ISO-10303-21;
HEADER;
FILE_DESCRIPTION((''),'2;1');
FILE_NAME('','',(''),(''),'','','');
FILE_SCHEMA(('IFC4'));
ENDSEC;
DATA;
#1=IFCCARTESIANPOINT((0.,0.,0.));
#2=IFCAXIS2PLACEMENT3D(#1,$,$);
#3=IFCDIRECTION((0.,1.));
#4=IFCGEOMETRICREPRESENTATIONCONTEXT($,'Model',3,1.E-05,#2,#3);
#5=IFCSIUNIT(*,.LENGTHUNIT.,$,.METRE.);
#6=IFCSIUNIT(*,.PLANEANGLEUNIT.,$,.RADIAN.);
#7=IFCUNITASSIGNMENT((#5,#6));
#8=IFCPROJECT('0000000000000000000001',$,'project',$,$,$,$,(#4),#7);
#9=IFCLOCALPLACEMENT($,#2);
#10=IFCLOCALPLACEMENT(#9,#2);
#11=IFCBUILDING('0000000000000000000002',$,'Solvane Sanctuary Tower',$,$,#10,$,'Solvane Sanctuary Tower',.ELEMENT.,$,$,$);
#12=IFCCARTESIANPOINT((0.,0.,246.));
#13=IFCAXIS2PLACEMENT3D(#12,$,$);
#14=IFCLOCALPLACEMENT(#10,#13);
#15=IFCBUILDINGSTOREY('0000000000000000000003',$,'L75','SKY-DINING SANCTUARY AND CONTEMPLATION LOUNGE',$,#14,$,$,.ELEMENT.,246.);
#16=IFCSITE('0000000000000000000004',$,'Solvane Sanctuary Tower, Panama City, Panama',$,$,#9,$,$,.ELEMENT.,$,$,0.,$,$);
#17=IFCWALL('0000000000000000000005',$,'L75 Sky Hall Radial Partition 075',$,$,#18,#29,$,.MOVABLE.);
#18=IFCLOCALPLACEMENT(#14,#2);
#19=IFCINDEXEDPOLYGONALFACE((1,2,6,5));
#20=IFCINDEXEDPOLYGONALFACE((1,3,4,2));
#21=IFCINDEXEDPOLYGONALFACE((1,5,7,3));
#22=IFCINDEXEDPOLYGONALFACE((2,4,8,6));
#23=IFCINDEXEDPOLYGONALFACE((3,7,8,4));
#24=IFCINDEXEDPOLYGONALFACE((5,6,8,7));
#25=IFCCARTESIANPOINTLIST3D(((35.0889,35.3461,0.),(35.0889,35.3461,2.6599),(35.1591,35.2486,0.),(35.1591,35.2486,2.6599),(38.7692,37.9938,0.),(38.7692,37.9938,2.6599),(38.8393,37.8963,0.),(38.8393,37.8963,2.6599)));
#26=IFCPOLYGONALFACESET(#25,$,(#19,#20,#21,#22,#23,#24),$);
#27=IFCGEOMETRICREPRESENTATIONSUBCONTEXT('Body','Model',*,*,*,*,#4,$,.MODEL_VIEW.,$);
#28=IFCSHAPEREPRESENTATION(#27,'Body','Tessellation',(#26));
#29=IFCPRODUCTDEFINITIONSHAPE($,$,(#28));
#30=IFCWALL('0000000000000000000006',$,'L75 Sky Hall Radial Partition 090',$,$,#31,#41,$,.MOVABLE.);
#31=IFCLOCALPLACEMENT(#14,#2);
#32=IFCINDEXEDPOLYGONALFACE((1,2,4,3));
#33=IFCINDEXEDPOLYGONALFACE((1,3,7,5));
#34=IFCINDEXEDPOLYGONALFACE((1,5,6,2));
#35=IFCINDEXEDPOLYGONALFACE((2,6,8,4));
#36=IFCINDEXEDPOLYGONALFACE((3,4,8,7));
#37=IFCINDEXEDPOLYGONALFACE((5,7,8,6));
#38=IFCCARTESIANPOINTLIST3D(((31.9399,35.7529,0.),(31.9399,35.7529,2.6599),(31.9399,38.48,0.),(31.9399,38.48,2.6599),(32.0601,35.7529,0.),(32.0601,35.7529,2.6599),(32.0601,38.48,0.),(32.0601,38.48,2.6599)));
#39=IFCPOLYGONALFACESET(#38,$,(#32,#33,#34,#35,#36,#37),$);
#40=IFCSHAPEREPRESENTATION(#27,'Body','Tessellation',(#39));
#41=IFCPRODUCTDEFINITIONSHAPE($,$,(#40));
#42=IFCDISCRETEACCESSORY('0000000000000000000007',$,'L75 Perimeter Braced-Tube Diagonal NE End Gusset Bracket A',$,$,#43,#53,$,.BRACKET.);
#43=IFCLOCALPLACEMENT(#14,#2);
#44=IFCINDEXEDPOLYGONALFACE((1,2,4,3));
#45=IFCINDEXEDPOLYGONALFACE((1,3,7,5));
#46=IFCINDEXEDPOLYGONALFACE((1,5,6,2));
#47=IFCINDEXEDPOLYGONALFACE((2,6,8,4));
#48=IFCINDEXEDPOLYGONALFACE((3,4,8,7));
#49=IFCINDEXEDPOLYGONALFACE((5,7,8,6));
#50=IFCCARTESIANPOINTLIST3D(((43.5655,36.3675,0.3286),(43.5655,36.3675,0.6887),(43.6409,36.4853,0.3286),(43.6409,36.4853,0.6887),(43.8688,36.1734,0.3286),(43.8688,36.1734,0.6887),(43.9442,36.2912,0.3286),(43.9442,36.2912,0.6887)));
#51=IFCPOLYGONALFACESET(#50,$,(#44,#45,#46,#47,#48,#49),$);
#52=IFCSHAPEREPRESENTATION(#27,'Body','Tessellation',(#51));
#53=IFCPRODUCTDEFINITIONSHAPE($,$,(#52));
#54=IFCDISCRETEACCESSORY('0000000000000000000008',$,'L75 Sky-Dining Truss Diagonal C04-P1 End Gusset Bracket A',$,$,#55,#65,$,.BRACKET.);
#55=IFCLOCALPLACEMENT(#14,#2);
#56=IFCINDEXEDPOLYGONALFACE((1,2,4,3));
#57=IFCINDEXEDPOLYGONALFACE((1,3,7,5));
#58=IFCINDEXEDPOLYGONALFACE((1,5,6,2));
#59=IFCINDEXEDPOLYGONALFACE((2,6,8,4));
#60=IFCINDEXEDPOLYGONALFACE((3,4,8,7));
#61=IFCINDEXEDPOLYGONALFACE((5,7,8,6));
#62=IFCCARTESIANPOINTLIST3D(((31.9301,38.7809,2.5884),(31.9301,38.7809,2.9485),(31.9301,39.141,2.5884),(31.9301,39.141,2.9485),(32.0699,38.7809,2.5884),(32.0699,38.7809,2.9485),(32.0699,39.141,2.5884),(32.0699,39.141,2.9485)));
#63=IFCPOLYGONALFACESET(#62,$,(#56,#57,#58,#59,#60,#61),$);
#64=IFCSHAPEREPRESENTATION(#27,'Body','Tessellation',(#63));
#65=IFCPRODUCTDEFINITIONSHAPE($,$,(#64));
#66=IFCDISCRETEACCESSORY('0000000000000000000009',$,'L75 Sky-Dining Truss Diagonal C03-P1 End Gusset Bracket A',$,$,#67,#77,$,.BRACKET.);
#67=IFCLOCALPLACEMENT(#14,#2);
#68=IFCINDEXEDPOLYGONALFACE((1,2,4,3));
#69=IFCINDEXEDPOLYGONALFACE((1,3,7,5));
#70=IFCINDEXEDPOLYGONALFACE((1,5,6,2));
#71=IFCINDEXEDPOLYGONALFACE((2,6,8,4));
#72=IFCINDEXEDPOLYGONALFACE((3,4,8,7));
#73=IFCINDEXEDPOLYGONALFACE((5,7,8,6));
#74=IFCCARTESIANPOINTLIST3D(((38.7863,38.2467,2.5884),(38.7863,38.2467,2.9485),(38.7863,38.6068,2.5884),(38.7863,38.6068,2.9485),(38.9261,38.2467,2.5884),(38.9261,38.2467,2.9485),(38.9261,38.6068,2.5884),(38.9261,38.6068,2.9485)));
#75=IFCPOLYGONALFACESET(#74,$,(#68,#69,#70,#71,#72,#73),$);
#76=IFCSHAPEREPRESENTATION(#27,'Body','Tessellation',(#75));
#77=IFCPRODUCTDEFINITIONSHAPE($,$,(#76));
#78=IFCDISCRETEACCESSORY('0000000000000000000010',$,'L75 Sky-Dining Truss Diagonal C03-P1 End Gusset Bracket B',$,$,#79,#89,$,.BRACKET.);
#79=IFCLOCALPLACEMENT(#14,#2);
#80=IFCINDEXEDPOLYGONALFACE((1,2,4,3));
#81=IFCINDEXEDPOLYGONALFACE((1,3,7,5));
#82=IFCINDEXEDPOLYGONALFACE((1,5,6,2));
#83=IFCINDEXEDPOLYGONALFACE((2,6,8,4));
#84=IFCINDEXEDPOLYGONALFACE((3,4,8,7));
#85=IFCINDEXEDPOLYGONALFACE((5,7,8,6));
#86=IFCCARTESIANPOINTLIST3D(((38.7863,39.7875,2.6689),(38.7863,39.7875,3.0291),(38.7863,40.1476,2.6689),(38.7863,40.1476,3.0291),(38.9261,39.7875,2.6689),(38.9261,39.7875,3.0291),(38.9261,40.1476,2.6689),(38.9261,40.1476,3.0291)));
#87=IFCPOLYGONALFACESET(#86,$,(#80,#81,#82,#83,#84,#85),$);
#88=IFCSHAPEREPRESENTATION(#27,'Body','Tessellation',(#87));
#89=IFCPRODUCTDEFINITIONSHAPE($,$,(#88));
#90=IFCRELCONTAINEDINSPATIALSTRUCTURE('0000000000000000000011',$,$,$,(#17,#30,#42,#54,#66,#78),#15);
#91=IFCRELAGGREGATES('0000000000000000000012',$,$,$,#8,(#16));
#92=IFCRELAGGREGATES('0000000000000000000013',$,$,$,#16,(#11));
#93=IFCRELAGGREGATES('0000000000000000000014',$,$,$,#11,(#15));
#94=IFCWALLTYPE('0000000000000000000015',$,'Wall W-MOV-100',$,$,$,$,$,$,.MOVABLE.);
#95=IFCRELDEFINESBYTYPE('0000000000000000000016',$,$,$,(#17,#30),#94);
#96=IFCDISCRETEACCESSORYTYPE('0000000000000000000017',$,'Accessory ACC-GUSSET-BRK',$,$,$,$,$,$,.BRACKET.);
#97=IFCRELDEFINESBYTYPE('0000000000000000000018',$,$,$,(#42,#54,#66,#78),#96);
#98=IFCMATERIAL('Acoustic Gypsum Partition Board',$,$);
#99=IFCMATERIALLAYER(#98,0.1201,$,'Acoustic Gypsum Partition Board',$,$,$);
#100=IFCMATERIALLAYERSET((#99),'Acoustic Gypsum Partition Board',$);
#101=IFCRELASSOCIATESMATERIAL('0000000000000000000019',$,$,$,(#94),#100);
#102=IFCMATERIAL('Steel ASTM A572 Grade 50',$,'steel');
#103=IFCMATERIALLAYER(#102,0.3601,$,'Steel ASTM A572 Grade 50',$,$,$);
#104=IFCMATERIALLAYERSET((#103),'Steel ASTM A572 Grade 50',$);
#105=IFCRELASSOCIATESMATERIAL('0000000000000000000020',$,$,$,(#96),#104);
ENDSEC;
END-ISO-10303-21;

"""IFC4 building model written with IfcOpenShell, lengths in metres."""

from ifc_helpers import new_model, si_unit, direction, frame, frame_2d, origin, origin_2d, place, context, subcontext, project, spatial, rectangle, extrude, material, layer, layer_set, type_object, element, save


model = new_model("IFC4")

# Units and contexts
model_context = context("Model", 3, precision=1e-05, world=origin(), true_north=direction((0.0, 1.0)))
body_context = subcontext(model_context, "Body", "Model", "MODEL_VIEW")
ifc_project = project(units=[si_unit("LENGTHUNIT", "METRE"), si_unit("PLANEANGLEUNIT", "RADIAN")], contexts=[model_context])

# Site, building, storey
site_placement = place(None, origin())
site = spatial("IfcSite", under=ifc_project, at=site_placement, Name="Solvane Sanctuary Tower, Panama City, Panama", CompositionType="ELEMENT", RefElevation=0.0)
building_placement = place(site_placement, origin())
building = spatial("IfcBuilding", under=site, at=building_placement, Name="Solvane Sanctuary Tower", LongName="Solvane Sanctuary Tower", CompositionType="ELEMENT")
storey_placement = place(building_placement, frame((0.0, 0.0, 246.0)))
storey = spatial("IfcBuildingStorey", under=building, at=storey_placement, Name="L75", Description="SKY-DINING SANCTUARY AND CONTEMPLATION LOUNGE", CompositionType="ELEMENT", Elevation=246.0)

# Shared definitions
ifc_material_1 = material(Name="Acoustic Gypsum Partition Board")

# Walls
ifc_layer_1 = layer(ifc_material_1, 0.1201, Name="Acoustic Gypsum Partition Board")
ifc_layer_set_1 = layer_set([ifc_layer_1], Name="Acoustic Gypsum Partition Board")
wall_type_1 = type_object("IfcWallType", Name="Wall W-MOV-100", PredefinedType="MOVABLE", material=ifc_layer_set_1)
wall_1_placement = place(storey_placement, frame((35.124, 35.2974, 0.0), z_axis=(0.0, 0.0, 1.0), x_axis=(0.811746, 0.584011, 0.0)))
element("IfcWall", 1, at=wall_1_placement, inside=storey, type_object=wall_type_1, Name="L75 Sky Hall Radial Partition 075", PredefinedType="MOVABLE", context=body_context, shape_type="SweptSolid", body=[
    extrude(rectangle(XDim=4.5337, YDim=0.1201, at=frame_2d((2.2668, 0.0))), origin(), (0.0, 0.0, 1.0), 2.6599),
])
wall_2_placement = place(storey_placement, frame((32.0, 35.7529, 0.0), z_axis=(0.0, 0.0, 1.0), x_axis=(0.0, 1.0, 0.0)))
element("IfcWall", 2, at=wall_2_placement, inside=storey, type_object=wall_type_1, Name="L75 Sky Hall Radial Partition 090", PredefinedType="MOVABLE", context=body_context, shape_type="SweptSolid", body=[
    extrude(rectangle(XDim=2.7271, YDim=0.1201, at=frame_2d((1.3635, 0.0))), origin(), (0.0, 0.0, 1.0), 2.6599),
])

# Discrete accessories
ifc_material_2 = material(Name="Steel ASTM A572 Grade 50", Category="steel")
ifc_layer_2 = layer(ifc_material_2, 0.3601, Name="Steel ASTM A572 Grade 50")
ifc_layer_set_2 = layer_set([ifc_layer_2], Name="Steel ASTM A572 Grade 50")
discrete_accessory_type = type_object("IfcDiscreteAccessoryType", Name="Accessory ACC-GUSSET-BRK", PredefinedType="BRACKET", material=ifc_layer_set_2)
for number, where, z_axis, x_axis, name in (
    (3, (43.7549, 36.3293, 0.3286), (0.0, 0.0, 1.0), (0.842264, -0.539065, 0.0), "L75 Perimeter Braced-Tube Diagonal NE End Gusset Bracket A"),
    (4, (32.0, 38.9609, 2.5884), (0.0, 0.0, 1.0), (0.0, 1.0, 0.0), "L75 Sky-Dining Truss Diagonal C04-P1 End Gusset Bracket A"),
    (5, (38.8562, 38.4268, 2.5884), (0.0, 0.0, 1.0), (0.0, 1.0, 0.0), "L75 Sky-Dining Truss Diagonal C03-P1 End Gusset Bracket A"),
    (6, (38.8562, 39.9675, 2.6689), (0.0, 0.0, 1.0), (0.0, 1.0, 0.0), "L75 Sky-Dining Truss Diagonal C03-P1 End Gusset Bracket B"),
):
    element("IfcDiscreteAccessory", number, at=place(storey_placement, frame(where, z_axis=z_axis, x_axis=x_axis)), inside=storey, type_object=discrete_accessory_type, Name=name, PredefinedType="BRACKET", context=body_context, shape_type="SweptSolid", body=[
        extrude(rectangle(XDim=0.3601, YDim=0.1399, at=origin_2d()), origin(), (0.0, 0.0, 1.0), 0.3601),
    ])

save(model, "model.ifc")
